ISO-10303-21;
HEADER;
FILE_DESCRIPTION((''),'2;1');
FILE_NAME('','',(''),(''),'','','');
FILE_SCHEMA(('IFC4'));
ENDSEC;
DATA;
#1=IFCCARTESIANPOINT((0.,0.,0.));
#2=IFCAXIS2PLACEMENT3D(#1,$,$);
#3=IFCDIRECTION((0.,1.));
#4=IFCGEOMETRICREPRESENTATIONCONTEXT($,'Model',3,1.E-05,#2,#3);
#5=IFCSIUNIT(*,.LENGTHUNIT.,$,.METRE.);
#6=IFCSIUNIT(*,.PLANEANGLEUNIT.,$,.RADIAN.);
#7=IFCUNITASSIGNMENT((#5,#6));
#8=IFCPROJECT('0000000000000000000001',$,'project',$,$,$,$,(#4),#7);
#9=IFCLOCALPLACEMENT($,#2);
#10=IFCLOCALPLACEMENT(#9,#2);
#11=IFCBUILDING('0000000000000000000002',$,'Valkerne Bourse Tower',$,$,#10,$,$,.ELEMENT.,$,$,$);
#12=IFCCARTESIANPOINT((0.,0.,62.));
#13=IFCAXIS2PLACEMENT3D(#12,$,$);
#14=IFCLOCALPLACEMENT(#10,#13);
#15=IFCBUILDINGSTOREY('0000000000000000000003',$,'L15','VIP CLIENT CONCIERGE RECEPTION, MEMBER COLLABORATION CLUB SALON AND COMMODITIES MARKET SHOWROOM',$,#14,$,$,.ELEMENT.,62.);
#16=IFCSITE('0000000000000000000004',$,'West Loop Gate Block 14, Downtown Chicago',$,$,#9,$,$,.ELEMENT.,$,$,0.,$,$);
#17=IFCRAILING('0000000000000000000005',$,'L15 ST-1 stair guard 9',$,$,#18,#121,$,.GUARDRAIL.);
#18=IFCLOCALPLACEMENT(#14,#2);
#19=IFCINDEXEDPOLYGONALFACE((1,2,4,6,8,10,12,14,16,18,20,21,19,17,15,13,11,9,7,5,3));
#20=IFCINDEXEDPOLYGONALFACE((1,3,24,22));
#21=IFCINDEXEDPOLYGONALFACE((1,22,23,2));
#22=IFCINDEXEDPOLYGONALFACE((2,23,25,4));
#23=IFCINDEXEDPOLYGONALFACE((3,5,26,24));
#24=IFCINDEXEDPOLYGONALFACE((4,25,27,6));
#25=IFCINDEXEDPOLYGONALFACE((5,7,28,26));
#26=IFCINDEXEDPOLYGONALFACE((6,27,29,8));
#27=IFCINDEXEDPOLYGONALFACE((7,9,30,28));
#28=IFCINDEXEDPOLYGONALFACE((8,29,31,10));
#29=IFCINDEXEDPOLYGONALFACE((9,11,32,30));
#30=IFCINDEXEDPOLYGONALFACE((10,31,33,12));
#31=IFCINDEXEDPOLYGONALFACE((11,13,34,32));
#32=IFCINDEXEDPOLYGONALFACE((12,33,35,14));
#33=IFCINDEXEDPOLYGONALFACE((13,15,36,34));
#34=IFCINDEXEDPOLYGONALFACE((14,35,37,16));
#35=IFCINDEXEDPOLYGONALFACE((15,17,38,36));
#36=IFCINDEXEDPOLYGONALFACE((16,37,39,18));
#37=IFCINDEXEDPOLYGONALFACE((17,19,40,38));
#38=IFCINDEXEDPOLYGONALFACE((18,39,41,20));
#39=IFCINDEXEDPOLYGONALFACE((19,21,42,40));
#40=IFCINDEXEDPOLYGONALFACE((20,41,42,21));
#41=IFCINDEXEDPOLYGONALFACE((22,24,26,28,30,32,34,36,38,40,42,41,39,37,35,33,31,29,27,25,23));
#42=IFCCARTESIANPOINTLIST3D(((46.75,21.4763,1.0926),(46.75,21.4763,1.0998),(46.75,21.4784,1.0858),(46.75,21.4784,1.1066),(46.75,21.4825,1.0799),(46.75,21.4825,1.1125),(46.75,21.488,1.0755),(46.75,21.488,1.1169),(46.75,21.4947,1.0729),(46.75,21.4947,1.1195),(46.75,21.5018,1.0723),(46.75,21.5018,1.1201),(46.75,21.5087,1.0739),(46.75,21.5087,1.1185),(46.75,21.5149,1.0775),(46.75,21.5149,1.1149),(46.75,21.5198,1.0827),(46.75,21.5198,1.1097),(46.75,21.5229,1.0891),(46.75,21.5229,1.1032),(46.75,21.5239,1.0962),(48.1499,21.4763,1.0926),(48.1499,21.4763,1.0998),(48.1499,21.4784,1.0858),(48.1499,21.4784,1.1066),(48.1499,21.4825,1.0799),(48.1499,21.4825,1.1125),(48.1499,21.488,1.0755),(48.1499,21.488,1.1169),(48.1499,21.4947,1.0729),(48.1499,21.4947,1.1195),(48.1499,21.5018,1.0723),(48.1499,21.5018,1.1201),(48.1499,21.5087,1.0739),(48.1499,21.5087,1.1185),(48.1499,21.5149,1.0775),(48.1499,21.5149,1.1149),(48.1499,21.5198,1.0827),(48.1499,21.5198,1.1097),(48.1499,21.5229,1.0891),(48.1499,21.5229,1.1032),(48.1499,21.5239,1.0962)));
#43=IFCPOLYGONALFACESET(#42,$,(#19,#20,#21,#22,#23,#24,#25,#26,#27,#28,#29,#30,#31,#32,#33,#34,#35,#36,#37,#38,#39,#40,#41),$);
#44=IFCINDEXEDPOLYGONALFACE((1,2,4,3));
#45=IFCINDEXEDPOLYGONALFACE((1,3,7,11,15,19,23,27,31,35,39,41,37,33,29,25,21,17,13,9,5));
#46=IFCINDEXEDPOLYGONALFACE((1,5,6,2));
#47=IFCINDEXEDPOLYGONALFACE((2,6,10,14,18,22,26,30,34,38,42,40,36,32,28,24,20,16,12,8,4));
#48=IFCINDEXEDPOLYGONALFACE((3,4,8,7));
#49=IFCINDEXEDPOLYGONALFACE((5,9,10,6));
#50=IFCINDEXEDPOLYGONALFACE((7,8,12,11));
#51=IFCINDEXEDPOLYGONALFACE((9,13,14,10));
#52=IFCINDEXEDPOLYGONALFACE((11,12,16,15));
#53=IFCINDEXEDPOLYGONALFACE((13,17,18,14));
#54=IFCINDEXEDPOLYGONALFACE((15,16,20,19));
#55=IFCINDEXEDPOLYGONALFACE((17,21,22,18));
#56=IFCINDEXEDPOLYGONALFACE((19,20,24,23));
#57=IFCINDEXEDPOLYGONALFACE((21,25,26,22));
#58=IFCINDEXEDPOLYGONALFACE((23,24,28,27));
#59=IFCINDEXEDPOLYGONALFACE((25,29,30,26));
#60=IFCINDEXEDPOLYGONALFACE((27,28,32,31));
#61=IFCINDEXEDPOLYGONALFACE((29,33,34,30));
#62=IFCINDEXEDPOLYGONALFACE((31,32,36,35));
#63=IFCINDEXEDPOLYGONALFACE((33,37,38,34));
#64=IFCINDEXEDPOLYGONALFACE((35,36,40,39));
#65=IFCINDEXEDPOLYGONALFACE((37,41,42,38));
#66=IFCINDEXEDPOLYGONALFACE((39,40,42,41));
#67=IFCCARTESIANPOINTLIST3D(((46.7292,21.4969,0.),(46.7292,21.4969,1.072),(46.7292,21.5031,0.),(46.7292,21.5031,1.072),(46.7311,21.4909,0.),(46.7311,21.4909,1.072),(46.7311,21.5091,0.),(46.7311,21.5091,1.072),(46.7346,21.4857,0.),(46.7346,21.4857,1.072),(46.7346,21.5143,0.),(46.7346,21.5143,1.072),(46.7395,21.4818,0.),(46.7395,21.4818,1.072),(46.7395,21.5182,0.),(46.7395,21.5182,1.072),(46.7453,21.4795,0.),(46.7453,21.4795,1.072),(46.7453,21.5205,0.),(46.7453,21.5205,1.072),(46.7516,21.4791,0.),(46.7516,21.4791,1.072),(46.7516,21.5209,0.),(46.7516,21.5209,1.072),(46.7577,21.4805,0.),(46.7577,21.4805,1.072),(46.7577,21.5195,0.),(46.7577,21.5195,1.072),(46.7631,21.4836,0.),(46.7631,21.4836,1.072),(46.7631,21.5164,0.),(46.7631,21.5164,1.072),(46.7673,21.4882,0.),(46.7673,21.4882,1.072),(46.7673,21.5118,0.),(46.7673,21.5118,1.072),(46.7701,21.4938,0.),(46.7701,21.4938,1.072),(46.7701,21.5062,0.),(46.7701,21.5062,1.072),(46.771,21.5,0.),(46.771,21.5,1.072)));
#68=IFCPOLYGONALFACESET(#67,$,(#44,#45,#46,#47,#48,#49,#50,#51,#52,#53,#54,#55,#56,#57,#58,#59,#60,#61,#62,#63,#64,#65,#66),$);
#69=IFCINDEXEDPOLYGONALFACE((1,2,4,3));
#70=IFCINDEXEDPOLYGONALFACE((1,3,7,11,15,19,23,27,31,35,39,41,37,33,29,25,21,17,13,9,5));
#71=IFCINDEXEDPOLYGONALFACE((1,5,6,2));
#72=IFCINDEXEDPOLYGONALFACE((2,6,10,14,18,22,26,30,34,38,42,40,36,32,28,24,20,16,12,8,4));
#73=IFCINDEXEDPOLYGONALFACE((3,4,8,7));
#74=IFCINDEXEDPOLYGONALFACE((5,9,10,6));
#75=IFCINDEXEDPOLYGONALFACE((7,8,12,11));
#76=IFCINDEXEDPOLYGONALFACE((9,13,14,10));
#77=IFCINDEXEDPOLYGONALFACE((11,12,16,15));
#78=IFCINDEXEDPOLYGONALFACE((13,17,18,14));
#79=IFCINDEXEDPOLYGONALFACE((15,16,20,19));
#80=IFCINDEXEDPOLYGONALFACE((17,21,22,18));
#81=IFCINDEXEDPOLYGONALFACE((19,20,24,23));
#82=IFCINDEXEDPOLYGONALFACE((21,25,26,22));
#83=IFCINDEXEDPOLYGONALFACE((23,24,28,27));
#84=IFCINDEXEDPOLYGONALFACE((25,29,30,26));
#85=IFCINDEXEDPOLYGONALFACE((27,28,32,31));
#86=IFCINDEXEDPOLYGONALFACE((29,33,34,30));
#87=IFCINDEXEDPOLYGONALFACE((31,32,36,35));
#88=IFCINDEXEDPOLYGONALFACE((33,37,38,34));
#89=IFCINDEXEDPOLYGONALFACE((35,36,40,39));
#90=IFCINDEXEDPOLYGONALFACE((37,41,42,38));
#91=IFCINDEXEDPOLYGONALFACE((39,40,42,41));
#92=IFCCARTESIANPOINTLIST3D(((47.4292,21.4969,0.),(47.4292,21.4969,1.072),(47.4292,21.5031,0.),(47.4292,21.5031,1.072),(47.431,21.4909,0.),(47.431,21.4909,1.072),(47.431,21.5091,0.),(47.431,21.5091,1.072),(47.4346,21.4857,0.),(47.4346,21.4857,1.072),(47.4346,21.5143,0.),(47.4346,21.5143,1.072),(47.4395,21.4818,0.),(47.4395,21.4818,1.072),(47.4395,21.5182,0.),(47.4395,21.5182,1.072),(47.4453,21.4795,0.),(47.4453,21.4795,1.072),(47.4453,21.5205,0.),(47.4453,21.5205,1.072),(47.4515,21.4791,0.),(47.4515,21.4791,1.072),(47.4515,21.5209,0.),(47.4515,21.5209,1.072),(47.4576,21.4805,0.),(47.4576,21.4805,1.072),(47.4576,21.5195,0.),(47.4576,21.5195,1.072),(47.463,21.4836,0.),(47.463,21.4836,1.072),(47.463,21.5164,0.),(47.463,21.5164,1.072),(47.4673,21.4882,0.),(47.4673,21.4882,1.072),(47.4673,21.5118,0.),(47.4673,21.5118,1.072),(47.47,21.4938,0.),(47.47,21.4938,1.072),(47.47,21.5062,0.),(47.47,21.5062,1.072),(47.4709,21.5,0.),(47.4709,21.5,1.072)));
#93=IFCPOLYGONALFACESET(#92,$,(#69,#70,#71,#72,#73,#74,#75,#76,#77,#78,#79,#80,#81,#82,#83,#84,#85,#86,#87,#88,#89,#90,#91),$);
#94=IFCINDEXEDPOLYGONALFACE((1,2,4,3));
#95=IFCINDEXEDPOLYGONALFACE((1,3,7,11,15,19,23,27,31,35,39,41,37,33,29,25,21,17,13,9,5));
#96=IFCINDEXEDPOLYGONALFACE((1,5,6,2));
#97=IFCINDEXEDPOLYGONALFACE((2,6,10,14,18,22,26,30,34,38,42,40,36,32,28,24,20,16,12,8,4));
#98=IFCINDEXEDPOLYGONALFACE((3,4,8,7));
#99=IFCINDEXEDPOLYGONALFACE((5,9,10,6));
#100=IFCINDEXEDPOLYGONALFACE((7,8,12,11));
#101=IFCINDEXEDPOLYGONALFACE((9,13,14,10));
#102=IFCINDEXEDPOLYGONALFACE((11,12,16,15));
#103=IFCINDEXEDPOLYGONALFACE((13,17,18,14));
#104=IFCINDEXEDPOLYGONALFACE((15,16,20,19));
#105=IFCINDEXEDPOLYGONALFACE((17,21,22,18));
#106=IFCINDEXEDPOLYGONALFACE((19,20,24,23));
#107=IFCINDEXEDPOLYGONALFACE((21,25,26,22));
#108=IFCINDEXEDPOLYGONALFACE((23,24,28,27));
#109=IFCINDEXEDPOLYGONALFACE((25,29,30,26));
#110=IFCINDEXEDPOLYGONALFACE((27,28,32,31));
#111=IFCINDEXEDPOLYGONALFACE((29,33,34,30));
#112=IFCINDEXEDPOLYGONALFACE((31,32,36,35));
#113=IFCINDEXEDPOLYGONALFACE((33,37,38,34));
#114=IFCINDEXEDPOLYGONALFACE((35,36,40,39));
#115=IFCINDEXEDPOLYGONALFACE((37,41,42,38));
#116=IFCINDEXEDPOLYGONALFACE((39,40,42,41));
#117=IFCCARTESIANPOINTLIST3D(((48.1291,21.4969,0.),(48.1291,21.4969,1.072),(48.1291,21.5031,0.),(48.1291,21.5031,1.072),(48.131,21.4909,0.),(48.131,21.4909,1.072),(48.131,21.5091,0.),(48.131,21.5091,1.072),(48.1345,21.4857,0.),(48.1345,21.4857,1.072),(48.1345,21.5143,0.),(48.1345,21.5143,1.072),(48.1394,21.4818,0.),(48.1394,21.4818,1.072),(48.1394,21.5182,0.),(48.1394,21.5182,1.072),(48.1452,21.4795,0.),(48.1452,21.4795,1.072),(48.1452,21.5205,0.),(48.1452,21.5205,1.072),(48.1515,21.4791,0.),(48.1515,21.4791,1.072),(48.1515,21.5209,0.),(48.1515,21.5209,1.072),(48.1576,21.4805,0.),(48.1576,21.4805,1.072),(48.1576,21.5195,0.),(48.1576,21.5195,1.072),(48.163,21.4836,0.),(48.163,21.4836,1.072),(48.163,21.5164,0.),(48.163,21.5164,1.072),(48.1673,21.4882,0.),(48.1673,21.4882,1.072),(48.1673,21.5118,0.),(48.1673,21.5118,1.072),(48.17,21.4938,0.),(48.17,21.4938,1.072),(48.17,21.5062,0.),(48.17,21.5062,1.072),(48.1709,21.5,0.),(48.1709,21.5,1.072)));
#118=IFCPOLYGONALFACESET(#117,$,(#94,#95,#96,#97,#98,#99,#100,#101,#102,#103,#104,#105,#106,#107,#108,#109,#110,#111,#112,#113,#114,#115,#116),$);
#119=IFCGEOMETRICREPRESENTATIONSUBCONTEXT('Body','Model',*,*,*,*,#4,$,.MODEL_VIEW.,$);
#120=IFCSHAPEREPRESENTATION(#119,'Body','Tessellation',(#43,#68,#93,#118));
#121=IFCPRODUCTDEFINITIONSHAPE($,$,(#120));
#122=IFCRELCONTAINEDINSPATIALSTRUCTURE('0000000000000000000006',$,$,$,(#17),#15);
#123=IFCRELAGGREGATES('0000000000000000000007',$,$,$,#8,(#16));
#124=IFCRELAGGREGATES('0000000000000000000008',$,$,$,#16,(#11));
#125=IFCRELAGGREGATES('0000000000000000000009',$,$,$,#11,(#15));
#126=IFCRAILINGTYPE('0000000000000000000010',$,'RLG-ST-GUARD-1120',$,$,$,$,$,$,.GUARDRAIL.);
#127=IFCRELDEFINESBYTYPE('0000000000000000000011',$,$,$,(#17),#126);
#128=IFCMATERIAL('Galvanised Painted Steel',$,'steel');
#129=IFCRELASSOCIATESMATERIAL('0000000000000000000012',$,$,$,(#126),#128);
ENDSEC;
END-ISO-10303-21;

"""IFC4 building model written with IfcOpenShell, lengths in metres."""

from ifc_helpers import new_model, si_unit, direction, frame, origin, origin_2d, place, context, subcontext, project, spatial, circle, extrude, material, type_object, element, save


model = new_model("IFC4")

# Units and contexts
model_context = context("Model", 3, precision=1e-05, world=origin(), true_north=direction((0.0, 1.0)))
body_context = subcontext(model_context, "Body", "Model", "MODEL_VIEW")
ifc_project = project(units=[si_unit("LENGTHUNIT", "METRE"), si_unit("PLANEANGLEUNIT", "RADIAN")], contexts=[model_context])

# Site, building, storey
site_placement = place(None, origin())
site = spatial("IfcSite", under=ifc_project, at=site_placement, Name="West Loop Gate Block 14, Downtown Chicago", CompositionType="ELEMENT", RefElevation=0.0)
building_placement = place(site_placement, origin())
building = spatial("IfcBuilding", under=site, at=building_placement, Name="Valkerne Bourse Tower", CompositionType="ELEMENT")
storey_placement = place(building_placement, frame((0.0, 0.0, 62.0)))
storey = spatial("IfcBuildingStorey", under=building, at=storey_placement, Name="L15", Description="VIP CLIENT CONCIERGE RECEPTION, MEMBER COLLABORATION CLUB SALON AND COMMODITIES MARKET SHOWROOM", CompositionType="ELEMENT", Elevation=62.0)

# Shared definitions
ifc_material_1 = material(Name="Galvanised Painted Steel", Category="steel")

# Railing
railing_type_1 = type_object("IfcRailingType", Name="RLG-ST-GUARD-1120", PredefinedType="GUARDRAIL", material=ifc_material_1)
for number, where, name in (
    (1, (46.75, 21.5, 0.0), "L15 ST-1 stair guard 9"),
):
    element("IfcRailing", number, at=place(storey_placement, frame(where)), inside=storey, type_object=railing_type_1, Name=name, PredefinedType="GUARDRAIL", context=body_context, shape_type="SweptSolid", body=[
        extrude(circle(Radius=0.0239, at=origin_2d()), frame((0.0, 0.0, 1.0962), z_axis=(1.0, 0.0, 0.0), x_axis=(0.0, 1.0, 0.0)), (0.0, 0.0, 1.0), 1.3999),
        extrude(circle(Radius=0.021, at=origin_2d()), origin(), (0.0, 0.0, 1.0), 1.072),
        extrude(circle(Radius=0.021, at=origin_2d()), frame((0.7, 0.0, 0.0)), (0.0, 0.0, 1.0), 1.072),
        extrude(circle(Radius=0.021, at=origin_2d()), frame((1.3999, 0.0, 0.0)), (0.0, 0.0, 1.0), 1.072),
    ])

save(model, "model.ifc")
